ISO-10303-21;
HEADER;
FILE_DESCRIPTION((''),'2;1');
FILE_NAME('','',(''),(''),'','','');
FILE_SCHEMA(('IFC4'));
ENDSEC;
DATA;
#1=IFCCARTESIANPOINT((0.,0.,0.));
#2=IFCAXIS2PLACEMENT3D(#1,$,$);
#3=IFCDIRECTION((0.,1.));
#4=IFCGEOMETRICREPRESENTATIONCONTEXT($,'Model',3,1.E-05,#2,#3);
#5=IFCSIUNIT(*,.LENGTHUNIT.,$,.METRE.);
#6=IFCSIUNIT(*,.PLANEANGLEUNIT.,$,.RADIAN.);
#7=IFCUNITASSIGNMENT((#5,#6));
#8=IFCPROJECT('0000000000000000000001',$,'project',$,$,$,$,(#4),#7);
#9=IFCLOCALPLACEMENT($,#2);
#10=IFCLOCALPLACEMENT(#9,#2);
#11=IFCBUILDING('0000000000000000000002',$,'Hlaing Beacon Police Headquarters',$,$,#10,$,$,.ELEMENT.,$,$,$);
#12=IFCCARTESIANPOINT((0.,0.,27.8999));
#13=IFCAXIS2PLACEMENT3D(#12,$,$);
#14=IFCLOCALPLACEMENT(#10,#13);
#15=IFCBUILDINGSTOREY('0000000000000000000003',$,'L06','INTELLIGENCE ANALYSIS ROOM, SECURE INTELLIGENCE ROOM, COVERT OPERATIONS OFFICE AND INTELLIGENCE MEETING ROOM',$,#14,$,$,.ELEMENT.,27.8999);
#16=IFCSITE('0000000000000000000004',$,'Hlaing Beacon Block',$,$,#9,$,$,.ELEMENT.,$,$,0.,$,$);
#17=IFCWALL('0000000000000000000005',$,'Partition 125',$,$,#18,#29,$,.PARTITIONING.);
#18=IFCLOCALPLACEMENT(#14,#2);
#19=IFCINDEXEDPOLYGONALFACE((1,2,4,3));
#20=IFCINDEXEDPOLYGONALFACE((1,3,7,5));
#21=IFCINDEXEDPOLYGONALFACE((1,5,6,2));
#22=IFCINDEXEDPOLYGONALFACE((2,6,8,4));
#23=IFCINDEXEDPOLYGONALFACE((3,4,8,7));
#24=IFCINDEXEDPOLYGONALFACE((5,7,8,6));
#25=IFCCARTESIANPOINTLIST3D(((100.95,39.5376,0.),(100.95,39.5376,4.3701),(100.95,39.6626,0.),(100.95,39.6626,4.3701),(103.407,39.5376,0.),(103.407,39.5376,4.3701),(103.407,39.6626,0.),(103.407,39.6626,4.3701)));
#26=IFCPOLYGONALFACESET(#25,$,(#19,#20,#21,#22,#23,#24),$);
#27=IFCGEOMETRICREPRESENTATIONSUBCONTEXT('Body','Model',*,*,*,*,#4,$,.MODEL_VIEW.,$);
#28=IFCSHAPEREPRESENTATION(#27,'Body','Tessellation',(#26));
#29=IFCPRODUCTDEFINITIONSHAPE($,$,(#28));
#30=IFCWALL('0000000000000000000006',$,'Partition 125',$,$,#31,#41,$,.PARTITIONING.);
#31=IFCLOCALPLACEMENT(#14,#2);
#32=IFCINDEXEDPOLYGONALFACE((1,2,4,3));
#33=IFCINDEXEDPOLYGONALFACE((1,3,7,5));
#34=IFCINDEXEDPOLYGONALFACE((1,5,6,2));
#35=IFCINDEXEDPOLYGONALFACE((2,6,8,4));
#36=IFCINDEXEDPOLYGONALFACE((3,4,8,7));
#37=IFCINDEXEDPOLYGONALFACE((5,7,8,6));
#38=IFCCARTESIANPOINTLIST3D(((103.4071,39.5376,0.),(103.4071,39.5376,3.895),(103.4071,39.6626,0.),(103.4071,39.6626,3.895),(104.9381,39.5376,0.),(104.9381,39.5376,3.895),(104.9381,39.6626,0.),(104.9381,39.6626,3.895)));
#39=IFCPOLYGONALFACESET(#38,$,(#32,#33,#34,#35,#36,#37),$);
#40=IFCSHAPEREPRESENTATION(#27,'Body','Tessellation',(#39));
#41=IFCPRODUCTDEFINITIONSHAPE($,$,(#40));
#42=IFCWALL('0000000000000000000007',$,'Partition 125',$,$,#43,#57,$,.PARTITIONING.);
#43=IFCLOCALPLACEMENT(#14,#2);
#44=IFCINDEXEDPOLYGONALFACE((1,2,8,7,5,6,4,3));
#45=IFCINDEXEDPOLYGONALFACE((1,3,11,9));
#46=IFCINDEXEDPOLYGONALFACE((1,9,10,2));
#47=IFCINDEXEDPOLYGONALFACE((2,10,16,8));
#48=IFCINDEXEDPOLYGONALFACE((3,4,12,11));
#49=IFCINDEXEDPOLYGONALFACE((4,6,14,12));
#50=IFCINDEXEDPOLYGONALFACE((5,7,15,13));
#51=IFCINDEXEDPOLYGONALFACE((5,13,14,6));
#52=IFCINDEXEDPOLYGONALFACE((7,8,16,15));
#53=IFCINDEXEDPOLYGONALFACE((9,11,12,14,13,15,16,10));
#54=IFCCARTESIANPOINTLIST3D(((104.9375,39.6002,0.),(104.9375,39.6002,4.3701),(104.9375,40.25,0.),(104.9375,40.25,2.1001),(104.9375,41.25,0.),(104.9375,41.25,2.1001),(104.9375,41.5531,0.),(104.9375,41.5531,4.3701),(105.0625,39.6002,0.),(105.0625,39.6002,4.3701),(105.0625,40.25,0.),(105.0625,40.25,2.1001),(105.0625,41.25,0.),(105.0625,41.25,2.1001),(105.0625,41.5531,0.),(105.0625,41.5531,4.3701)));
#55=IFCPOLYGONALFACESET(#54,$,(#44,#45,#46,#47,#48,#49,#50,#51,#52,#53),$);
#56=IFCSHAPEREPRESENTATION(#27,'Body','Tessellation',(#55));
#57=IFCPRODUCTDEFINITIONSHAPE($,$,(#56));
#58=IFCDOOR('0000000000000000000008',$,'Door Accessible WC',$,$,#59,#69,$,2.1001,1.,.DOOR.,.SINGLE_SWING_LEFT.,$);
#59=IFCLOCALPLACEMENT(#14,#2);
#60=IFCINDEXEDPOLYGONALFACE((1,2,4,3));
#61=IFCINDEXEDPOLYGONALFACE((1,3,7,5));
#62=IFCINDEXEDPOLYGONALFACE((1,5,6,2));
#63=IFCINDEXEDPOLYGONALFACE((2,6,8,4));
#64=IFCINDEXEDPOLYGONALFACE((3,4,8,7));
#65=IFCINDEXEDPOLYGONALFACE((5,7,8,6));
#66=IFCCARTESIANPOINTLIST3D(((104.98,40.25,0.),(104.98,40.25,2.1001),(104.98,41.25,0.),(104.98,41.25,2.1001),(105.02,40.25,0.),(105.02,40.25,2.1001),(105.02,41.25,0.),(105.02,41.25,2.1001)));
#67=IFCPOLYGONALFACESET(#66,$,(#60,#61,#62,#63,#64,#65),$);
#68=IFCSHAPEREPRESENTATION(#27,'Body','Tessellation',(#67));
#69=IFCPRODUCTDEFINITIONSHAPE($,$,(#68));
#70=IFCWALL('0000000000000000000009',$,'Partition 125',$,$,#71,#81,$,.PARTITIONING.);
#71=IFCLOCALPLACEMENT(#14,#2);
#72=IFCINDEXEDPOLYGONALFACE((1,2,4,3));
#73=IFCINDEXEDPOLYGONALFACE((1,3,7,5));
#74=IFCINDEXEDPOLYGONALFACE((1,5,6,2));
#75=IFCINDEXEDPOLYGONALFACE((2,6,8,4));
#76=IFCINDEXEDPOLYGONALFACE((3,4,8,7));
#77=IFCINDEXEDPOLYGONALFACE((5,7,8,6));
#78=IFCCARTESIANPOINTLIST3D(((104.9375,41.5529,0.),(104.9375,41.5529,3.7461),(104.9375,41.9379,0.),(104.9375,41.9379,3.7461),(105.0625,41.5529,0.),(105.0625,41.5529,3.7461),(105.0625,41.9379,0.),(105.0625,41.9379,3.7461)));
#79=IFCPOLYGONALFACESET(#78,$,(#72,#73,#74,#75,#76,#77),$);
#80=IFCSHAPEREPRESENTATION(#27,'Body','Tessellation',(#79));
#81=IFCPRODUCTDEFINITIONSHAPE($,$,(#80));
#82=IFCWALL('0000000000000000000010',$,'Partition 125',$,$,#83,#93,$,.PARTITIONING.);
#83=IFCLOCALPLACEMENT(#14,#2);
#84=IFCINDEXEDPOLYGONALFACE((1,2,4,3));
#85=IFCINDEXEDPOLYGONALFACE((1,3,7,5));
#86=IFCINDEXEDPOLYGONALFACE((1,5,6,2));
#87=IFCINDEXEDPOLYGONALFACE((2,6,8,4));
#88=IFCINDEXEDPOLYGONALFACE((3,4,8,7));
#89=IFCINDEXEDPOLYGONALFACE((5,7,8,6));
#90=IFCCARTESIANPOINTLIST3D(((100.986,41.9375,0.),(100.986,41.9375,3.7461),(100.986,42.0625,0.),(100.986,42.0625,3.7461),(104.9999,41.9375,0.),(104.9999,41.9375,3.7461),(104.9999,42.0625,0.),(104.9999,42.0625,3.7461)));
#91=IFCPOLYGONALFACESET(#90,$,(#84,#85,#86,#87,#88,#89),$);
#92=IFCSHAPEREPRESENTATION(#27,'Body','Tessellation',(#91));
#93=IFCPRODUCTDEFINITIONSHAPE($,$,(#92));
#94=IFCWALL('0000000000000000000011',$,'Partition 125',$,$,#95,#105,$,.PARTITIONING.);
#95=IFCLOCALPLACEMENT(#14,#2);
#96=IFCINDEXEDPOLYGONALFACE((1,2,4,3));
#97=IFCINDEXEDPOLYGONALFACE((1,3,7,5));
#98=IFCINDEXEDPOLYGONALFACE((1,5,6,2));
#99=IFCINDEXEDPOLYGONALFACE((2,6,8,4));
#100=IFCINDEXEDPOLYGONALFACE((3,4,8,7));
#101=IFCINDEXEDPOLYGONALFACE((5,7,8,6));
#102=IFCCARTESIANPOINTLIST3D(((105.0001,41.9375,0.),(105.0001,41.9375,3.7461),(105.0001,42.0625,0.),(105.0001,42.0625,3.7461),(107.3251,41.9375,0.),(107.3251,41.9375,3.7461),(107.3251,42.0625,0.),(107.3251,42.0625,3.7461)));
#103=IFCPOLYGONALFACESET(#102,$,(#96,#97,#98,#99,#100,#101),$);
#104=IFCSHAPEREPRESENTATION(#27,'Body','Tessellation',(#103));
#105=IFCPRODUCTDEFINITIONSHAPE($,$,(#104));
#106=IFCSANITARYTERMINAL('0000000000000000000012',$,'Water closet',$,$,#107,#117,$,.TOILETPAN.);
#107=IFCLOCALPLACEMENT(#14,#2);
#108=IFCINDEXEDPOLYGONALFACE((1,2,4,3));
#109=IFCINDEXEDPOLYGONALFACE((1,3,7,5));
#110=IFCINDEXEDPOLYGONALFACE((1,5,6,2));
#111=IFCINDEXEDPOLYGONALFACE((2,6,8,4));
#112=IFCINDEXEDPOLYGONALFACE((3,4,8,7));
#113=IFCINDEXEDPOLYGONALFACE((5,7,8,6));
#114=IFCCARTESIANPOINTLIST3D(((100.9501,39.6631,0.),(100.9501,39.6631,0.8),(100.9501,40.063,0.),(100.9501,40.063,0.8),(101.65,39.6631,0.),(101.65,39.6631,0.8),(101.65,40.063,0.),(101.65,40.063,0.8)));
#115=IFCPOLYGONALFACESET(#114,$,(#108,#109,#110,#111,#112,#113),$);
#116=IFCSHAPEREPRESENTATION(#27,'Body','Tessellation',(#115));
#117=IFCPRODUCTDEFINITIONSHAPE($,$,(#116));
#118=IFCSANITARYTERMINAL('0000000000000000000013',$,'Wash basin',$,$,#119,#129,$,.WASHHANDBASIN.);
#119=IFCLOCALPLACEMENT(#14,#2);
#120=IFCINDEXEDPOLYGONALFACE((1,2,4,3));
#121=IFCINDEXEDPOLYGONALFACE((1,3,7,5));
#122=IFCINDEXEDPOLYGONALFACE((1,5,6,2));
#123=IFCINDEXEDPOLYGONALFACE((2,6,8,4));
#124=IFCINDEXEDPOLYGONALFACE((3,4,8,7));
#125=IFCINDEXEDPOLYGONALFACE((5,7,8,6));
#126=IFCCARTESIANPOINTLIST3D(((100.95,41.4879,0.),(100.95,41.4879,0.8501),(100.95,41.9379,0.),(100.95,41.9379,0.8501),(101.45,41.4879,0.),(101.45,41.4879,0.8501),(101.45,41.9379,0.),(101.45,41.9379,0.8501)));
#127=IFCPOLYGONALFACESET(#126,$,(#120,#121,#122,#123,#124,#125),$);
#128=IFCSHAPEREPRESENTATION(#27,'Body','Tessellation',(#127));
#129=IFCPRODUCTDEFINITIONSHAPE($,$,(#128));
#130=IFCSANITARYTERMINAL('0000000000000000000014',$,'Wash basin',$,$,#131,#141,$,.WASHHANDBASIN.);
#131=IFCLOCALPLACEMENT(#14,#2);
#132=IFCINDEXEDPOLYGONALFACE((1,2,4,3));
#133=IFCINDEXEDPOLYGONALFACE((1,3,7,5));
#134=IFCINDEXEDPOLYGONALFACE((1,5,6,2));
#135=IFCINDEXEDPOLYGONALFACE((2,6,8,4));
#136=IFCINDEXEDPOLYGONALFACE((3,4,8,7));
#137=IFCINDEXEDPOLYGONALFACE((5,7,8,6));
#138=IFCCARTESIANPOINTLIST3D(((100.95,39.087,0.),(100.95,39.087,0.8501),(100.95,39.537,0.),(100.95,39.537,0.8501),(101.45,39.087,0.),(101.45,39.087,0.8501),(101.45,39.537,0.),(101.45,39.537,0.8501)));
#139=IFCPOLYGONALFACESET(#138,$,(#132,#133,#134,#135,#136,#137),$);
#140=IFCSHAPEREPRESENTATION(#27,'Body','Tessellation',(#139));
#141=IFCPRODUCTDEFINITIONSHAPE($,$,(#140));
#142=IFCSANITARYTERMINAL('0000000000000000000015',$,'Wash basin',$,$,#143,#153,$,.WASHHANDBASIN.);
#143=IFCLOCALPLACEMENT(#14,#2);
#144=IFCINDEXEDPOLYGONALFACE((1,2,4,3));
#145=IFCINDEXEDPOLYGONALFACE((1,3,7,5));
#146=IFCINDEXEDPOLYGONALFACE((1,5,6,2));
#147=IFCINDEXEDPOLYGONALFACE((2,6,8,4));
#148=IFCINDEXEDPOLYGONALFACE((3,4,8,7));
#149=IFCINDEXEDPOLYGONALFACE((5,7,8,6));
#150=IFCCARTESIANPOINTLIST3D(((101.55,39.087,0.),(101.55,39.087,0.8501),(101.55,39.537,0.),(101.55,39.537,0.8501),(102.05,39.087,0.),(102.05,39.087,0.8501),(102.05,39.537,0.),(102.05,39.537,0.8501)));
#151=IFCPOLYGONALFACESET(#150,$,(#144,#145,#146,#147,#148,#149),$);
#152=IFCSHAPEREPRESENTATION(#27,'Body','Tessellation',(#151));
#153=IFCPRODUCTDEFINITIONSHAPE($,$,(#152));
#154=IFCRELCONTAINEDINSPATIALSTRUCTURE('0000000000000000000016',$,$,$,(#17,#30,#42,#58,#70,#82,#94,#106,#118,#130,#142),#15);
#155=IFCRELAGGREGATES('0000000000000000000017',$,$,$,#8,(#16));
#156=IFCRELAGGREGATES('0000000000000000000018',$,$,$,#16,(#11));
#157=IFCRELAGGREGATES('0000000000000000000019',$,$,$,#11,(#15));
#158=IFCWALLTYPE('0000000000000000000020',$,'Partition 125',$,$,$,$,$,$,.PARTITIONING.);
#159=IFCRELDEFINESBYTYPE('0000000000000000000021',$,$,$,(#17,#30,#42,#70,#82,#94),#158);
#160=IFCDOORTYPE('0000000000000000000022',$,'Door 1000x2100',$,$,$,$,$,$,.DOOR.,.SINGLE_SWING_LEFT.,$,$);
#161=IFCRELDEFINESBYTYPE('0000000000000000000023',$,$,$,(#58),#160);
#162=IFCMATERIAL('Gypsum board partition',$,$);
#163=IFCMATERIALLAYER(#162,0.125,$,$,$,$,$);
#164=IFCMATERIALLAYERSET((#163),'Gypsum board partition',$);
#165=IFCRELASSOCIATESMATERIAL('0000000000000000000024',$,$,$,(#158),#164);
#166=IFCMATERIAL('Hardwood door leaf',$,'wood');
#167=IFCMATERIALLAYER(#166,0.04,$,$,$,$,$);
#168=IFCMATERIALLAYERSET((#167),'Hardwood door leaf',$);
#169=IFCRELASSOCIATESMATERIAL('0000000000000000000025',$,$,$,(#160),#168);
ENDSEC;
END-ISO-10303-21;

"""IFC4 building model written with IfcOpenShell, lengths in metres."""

from ifc_helpers import new_model, si_unit, direction, frame, frame_2d, origin, origin_2d, place, context, subcontext, project, spatial, rectangle, extrude, material, layer, layer_set, type_object, element, fill, save


model = new_model("IFC4")

# Units and contexts
model_context = context("Model", 3, precision=1e-05, world=origin(), true_north=direction((0.0, 1.0)))
body_context = subcontext(model_context, "Body", "Model", "MODEL_VIEW")
ifc_project = project(units=[si_unit("LENGTHUNIT", "METRE"), si_unit("PLANEANGLEUNIT", "RADIAN")], contexts=[model_context])

# Site, building, storey
site_placement = place(None, origin())
site = spatial("IfcSite", under=ifc_project, at=site_placement, Name="Hlaing Beacon Block", CompositionType="ELEMENT", RefElevation=0.0)
building_placement = place(site_placement, origin())
building = spatial("IfcBuilding", under=site, at=building_placement, Name="Hlaing Beacon Police Headquarters", CompositionType="ELEMENT")
storey_placement = place(building_placement, frame((0.0, 0.0, 27.8999)))
storey = spatial("IfcBuildingStorey", under=building, at=storey_placement, Name="L06", Description="INTELLIGENCE ANALYSIS ROOM, SECURE INTELLIGENCE ROOM, COVERT OPERATIONS OFFICE AND INTELLIGENCE MEETING ROOM", CompositionType="ELEMENT", Elevation=27.8999)

# Walls
ifc_material_1 = material(Name="Gypsum board partition")
ifc_layer_1 = layer(ifc_material_1, 0.125)
ifc_layer_set_1 = layer_set([ifc_layer_1], Name="Gypsum board partition")
wall_type = type_object("IfcWallType", Name="Partition 125", PredefinedType="PARTITIONING", material=ifc_layer_set_1)
wall_1_placement = place(storey_placement, frame((100.95, 39.6001, 0.0), z_axis=(0.0, 0.0, 1.0), x_axis=(1.0, 0.0, 0.0)))
element("IfcWall", 1, at=wall_1_placement, inside=storey, type_object=wall_type, Name="Partition 125", PredefinedType="PARTITIONING", context=body_context, shape_type="SweptSolid", body=[
    extrude(rectangle(XDim=2.457, YDim=0.125, at=frame_2d((1.2285, 0.0))), origin(), (0.0, 0.0, 1.0), 4.3701),
])
wall_2_placement = place(storey_placement, frame((103.407, 39.6001, 0.0), z_axis=(0.0, 0.0, 1.0), x_axis=(1.0, 0.0, 0.0)))
element("IfcWall", 2, at=wall_2_placement, inside=storey, type_object=wall_type, Name="Partition 125", PredefinedType="PARTITIONING", context=body_context, shape_type="SweptSolid", body=[
    extrude(rectangle(XDim=1.531, YDim=0.125, at=frame_2d((0.7656, 0.0))), origin(), (0.0, 0.0, 1.0), 3.895),
])

# Wall, opening, door
wall_3_placement = place(storey_placement, frame((105.0, 39.6001, 0.0), z_axis=(0.0, 0.0, 1.0), x_axis=(0.0, 1.0, 0.0)))
wall_3 = element("IfcWall", 3, at=wall_3_placement, inside=storey, type_object=wall_type, Name="Partition 125", PredefinedType="PARTITIONING", context=body_context, shape_type="SweptSolid", body=[
    extrude(rectangle(XDim=1.9529, YDim=0.125, at=frame_2d((0.9766, 0.0))), origin(), (0.0, 0.0, 1.0), 4.3701),
])
opening_placement = place(wall_3_placement, frame((0.6499, 0.0, 0.0)))
opening = element("IfcOpeningElement", 4, at=opening_placement, cuts=wall_3, PredefinedType="OPENING", context=body_context, shape_type="SweptSolid", body=[
    extrude(rectangle(XDim=1.0, YDim=2.1001, at=frame_2d((0.5, 1.05))), frame((0.0, 0.0725, 0.0), z_axis=(0.0, -1.0, 0.0), x_axis=(1.0, 0.0, 0.0)), (0.0, 0.0, 1.0), 0.145),
])
ifc_material_2 = material(Name="Hardwood door leaf", Category="wood")
ifc_layer_2 = layer(ifc_material_2, 0.04)
ifc_layer_set_2 = layer_set([ifc_layer_2], Name="Hardwood door leaf")
door_type = type_object("IfcDoorType", Name="Door 1000x2100", OperationType="SINGLE_SWING_LEFT", PredefinedType="DOOR", material=ifc_layer_set_2)
door_placement = place(opening_placement, origin())
door = element("IfcDoor", 5, at=door_placement, inside=storey, type_object=door_type, Name="Door Accessible WC", OperationType="SINGLE_SWING_LEFT", OverallHeight=2.1001, OverallWidth=1.0, PredefinedType="DOOR", context=body_context, shape_type="SweptSolid", body=[
    extrude(rectangle(XDim=1.0, YDim=2.1001, at=frame_2d((0.5, 1.05))), frame((0.0, 0.02, 0.0), z_axis=(0.0, -1.0, 0.0), x_axis=(1.0, 0.0, 0.0)), (0.0, 0.0, 1.0), 0.04),
])
fill(opening, door)

# Walls
wall_4_placement = place(storey_placement, frame((105.0, 41.553, 0.0), z_axis=(0.0, 0.0, 1.0), x_axis=(0.0, 1.0, 0.0)))
element("IfcWall", 6, at=wall_4_placement, inside=storey, type_object=wall_type, Name="Partition 125", PredefinedType="PARTITIONING", context=body_context, shape_type="SweptSolid", body=[
    extrude(rectangle(XDim=0.385, YDim=0.125, at=frame_2d((0.1924, 0.0))), origin(), (0.0, 0.0, 1.0), 3.7461),
])
wall_5_placement = place(storey_placement, frame((100.9861, 42.0, 0.0), z_axis=(0.0, 0.0, 1.0), x_axis=(1.0, 0.0, 0.0)))
element("IfcWall", 7, at=wall_5_placement, inside=storey, type_object=wall_type, Name="Partition 125", PredefinedType="PARTITIONING", context=body_context, shape_type="SweptSolid", body=[
    extrude(rectangle(XDim=4.0139, YDim=0.125, at=frame_2d((2.0068, 0.0))), origin(), (0.0, 0.0, 1.0), 3.7461),
])
wall_6_placement = place(storey_placement, frame((105.0, 42.0, 0.0), z_axis=(0.0, 0.0, 1.0), x_axis=(1.0, 0.0, 0.0)))
element("IfcWall", 8, at=wall_6_placement, inside=storey, type_object=wall_type, Name="Partition 125", PredefinedType="PARTITIONING", context=body_context, shape_type="SweptSolid", body=[
    extrude(rectangle(XDim=2.325, YDim=0.125, at=frame_2d((1.1626, 0.0))), origin(), (0.0, 0.0, 1.0), 3.7461),
])

# Sanitary terminals
sanitary_terminal_placement = place(storey_placement, frame((101.3, 39.863, 0.0), z_axis=(0.0, 0.0, 1.0), x_axis=(1.0, 0.0, 0.0)))
element("IfcSanitaryTerminal", 9, at=sanitary_terminal_placement, inside=storey, Name="Water closet", PredefinedType="TOILETPAN", context=body_context, shape_type="SweptSolid", body=[
    extrude(rectangle(XDim=0.7, YDim=0.3999, at=origin_2d()), origin(), (0.0, 0.0, 1.0), 0.8),
])
for number, where, z_axis, x_axis, name in (
    (10, (101.2, 41.7129, 0.0), (0.0, 0.0, 1.0), (1.0, 0.0, 0.0), "Wash basin"),
    (11, (101.2, 39.312, 0.0), (0.0, 0.0, 1.0), (1.0, 0.0, 0.0), "Wash basin"),
    (12, (101.8, 39.312, 0.0), (0.0, 0.0, 1.0), (1.0, 0.0, 0.0), "Wash basin"),
):
    element("IfcSanitaryTerminal", number, at=place(storey_placement, frame(where, z_axis=z_axis, x_axis=x_axis)), inside=storey, Name=name, PredefinedType="WASHHANDBASIN", context=body_context, shape_type="SweptSolid", body=[
        extrude(rectangle(XDim=0.5, YDim=0.45, at=origin_2d()), origin(), (0.0, 0.0, 1.0), 0.8501),
    ])

save(model, "model.ifc")
